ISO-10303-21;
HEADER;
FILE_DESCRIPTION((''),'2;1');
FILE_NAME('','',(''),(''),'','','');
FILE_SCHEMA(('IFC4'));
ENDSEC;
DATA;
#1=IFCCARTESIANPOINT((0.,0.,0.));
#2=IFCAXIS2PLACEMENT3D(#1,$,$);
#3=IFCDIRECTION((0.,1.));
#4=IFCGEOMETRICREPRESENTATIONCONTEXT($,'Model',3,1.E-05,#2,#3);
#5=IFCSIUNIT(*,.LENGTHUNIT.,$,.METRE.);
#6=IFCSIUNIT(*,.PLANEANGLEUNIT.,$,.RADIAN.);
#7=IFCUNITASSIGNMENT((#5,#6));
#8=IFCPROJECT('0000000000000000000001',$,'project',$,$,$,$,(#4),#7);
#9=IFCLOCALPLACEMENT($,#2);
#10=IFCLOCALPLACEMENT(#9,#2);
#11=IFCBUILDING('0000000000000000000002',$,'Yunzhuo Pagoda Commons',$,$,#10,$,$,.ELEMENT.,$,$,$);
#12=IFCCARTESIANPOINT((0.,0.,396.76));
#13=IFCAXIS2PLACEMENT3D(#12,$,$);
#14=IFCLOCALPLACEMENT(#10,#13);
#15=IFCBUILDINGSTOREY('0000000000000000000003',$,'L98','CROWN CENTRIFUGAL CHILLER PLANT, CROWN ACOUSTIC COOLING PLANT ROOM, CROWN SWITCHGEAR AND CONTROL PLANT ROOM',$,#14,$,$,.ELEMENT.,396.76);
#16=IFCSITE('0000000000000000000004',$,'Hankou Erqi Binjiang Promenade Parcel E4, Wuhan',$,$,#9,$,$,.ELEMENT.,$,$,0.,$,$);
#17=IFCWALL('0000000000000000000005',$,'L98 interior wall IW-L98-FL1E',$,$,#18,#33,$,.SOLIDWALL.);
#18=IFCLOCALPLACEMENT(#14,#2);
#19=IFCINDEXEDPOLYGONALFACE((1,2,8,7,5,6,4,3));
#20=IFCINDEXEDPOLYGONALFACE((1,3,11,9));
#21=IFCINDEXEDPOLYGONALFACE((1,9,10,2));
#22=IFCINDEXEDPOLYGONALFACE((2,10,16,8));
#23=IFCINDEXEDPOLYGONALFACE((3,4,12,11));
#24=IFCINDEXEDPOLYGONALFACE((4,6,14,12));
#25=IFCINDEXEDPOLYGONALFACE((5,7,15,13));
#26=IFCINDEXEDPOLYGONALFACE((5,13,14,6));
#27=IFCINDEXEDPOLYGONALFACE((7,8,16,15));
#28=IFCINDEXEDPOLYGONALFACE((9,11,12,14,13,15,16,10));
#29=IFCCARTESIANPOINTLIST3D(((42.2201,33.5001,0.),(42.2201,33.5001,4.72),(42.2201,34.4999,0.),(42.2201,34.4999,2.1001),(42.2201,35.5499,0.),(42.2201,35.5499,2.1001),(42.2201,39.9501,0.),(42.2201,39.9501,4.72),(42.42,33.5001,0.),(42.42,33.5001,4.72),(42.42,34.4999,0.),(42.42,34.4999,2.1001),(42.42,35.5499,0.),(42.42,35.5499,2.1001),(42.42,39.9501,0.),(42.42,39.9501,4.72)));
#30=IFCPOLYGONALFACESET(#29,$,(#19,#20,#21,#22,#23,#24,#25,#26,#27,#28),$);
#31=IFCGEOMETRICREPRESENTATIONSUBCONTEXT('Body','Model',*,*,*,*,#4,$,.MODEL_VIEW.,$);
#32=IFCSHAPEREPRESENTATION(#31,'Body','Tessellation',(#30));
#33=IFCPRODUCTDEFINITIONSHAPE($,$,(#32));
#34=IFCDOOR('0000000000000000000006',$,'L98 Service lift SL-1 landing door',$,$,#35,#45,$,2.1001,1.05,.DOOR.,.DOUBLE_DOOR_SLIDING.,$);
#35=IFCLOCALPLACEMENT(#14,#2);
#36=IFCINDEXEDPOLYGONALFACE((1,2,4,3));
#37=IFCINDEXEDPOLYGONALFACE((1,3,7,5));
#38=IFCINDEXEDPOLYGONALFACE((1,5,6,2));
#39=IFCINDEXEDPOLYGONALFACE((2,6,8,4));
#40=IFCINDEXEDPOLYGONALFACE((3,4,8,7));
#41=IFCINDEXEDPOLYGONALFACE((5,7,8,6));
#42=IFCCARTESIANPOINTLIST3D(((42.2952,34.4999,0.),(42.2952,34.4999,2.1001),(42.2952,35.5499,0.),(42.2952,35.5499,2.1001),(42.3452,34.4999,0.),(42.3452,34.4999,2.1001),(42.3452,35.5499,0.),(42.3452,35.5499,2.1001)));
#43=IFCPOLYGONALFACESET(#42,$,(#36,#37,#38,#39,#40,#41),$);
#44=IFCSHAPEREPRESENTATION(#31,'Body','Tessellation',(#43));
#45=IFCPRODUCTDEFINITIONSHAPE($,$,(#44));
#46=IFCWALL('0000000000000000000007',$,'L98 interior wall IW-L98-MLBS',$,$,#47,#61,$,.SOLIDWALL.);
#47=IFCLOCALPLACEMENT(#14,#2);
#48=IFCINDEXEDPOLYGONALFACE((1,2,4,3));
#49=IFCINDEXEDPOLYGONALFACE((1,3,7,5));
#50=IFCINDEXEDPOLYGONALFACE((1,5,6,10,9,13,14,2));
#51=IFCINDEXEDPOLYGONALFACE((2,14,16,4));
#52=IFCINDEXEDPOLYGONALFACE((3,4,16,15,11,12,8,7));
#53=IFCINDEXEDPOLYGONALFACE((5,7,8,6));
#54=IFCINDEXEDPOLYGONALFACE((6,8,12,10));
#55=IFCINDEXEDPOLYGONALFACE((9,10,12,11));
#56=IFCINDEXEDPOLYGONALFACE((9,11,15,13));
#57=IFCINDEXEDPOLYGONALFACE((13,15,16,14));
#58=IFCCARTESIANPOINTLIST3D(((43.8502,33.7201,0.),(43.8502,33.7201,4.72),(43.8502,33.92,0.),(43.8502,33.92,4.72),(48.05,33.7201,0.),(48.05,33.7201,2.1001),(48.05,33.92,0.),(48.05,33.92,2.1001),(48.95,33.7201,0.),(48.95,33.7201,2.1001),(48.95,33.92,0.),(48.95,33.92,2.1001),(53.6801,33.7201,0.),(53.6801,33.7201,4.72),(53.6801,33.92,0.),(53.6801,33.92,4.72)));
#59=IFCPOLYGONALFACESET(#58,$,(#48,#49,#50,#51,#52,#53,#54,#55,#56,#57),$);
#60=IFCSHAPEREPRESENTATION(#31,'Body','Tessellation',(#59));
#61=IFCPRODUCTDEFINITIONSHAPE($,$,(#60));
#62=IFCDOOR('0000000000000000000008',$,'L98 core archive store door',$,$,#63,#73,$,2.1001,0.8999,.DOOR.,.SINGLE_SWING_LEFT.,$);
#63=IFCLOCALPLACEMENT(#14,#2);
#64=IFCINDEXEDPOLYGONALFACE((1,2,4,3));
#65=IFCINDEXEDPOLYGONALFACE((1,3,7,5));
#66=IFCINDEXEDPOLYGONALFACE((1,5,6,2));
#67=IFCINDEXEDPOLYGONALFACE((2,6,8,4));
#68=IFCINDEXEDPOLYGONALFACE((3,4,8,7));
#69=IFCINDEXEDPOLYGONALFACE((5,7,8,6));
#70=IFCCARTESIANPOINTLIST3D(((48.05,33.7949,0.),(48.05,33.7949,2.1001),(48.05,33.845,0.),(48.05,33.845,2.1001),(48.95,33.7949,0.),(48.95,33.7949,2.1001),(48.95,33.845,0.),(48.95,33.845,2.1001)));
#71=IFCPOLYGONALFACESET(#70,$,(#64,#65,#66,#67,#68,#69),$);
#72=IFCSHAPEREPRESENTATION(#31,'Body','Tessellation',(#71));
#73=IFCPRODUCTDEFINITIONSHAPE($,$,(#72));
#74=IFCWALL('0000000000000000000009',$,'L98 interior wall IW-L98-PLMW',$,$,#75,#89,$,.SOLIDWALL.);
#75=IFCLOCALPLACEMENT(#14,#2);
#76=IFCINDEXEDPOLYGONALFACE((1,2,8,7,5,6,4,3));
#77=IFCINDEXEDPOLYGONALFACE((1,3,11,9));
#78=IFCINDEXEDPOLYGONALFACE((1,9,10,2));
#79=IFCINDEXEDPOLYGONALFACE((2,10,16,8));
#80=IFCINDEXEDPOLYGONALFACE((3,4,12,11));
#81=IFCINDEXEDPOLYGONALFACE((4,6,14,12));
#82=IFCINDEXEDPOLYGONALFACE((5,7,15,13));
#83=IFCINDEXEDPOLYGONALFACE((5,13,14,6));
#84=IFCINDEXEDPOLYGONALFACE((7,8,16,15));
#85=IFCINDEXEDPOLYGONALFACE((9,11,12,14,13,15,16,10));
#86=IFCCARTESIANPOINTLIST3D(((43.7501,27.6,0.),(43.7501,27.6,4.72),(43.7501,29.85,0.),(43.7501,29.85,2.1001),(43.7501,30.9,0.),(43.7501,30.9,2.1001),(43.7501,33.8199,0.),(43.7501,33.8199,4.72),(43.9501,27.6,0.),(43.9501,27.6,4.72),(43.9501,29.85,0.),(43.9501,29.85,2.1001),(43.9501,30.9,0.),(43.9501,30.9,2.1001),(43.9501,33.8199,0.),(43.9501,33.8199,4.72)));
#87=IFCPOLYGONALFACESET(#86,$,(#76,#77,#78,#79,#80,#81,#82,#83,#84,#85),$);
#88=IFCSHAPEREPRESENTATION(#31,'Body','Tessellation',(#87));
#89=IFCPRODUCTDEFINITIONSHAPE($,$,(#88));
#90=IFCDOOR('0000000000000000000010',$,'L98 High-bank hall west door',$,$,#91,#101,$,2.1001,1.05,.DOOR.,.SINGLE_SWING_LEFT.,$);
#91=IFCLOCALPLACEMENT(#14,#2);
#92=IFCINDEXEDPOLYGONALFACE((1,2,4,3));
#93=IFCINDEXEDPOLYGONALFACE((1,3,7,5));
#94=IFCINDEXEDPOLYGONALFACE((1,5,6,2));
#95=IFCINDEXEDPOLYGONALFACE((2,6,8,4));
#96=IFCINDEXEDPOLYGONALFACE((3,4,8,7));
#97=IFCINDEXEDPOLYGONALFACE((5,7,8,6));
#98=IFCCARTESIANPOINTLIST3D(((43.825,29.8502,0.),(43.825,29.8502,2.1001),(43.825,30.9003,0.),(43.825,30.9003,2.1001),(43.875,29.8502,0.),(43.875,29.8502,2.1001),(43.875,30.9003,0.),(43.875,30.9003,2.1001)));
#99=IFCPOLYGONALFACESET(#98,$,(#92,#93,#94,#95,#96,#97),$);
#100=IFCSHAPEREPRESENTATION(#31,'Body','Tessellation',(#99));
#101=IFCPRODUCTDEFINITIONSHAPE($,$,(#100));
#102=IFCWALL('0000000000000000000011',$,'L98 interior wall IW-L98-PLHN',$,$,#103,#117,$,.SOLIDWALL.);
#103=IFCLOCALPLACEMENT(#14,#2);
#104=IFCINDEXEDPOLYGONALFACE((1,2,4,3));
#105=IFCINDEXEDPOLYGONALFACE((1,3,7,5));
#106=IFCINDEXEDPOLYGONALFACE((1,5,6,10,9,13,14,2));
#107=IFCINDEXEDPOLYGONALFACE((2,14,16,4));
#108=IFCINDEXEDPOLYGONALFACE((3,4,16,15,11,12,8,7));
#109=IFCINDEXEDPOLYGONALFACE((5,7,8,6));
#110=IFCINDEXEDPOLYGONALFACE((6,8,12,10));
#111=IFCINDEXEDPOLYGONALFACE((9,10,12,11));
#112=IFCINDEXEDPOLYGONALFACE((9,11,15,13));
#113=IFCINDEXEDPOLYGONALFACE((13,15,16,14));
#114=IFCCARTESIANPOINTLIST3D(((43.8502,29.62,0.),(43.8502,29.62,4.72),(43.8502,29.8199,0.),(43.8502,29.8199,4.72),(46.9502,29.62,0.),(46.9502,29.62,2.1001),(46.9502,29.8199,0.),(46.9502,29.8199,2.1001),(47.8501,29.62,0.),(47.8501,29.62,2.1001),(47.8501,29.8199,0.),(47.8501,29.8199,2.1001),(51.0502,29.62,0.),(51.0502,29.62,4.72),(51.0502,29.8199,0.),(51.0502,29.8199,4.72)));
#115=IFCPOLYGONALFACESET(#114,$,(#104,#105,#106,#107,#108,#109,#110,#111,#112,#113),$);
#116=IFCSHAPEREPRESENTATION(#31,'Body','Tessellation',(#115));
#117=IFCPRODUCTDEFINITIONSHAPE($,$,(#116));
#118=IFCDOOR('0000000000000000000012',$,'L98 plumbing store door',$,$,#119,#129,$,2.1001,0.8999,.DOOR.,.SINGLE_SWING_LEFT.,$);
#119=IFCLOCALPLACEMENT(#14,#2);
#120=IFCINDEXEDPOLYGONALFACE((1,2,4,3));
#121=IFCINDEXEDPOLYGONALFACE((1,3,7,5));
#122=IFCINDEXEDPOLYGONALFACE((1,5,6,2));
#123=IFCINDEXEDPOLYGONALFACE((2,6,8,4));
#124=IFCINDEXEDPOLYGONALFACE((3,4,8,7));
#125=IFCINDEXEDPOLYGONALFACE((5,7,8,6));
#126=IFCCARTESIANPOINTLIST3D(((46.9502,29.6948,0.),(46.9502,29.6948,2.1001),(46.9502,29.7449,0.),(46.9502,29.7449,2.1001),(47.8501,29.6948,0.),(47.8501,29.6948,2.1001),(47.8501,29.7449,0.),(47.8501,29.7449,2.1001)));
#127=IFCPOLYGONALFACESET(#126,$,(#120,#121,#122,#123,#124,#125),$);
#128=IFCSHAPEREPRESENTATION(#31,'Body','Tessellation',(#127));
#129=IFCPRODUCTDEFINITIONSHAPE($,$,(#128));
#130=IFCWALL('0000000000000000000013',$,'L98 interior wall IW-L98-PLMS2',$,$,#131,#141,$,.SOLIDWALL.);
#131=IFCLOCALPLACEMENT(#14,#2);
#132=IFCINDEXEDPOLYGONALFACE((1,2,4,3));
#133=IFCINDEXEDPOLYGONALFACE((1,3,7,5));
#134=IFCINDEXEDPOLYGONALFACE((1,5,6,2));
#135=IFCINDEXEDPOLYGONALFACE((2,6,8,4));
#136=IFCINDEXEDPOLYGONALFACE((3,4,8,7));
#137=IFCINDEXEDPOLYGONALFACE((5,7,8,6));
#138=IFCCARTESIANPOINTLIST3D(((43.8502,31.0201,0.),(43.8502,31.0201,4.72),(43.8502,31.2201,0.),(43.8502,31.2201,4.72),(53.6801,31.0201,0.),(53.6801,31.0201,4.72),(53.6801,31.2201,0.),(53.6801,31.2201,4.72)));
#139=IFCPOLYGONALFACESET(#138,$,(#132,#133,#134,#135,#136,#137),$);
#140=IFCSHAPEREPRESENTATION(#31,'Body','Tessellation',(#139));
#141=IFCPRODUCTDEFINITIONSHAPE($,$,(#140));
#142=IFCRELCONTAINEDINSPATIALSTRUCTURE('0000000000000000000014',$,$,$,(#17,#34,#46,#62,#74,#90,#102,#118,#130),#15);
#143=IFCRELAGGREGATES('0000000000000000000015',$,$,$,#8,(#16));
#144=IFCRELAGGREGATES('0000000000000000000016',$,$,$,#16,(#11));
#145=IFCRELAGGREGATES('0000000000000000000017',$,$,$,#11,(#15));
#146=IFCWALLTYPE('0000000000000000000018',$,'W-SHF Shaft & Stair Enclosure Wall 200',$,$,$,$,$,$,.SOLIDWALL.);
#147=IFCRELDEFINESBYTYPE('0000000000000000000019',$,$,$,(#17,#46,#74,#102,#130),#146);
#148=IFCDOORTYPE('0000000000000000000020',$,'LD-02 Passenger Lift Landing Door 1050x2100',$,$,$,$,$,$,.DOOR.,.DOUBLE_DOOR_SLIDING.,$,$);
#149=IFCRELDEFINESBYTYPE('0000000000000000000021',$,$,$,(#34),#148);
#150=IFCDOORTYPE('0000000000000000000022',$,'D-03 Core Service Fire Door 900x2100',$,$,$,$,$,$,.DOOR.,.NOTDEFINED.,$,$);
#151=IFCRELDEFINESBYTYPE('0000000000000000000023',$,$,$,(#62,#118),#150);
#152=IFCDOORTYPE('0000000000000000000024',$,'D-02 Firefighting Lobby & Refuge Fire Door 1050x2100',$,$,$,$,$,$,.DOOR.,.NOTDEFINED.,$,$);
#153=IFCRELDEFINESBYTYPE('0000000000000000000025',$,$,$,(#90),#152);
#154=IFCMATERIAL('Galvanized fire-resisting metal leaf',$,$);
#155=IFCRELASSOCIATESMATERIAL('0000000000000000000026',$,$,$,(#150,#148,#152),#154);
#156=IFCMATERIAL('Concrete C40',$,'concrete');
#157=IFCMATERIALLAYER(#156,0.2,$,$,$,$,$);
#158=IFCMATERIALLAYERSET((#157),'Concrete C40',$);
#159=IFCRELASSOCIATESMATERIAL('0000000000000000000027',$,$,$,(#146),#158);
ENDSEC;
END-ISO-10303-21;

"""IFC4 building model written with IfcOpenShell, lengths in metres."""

from ifc_helpers import new_model, si_unit, direction, frame, frame_2d, origin, origin_with_axes, place, context, subcontext, project, spatial, rectangle, extrude, source, transform, mapped, material, layer, layer_set, type_object, element, fill, save


model = new_model("IFC4")

# Units and contexts
model_context = context("Model", 3, precision=1e-05, world=origin(), true_north=direction((0.0, 1.0)))
body_context = subcontext(model_context, "Body", "Model", "MODEL_VIEW")
ifc_project = project(units=[si_unit("LENGTHUNIT", "METRE"), si_unit("PLANEANGLEUNIT", "RADIAN")], contexts=[model_context])

# Site, building, storey
site_placement = place(None, origin())
site = spatial("IfcSite", under=ifc_project, at=site_placement, Name="Hankou Erqi Binjiang Promenade Parcel E4, Wuhan", CompositionType="ELEMENT", RefElevation=0.0)
building_placement = place(site_placement, origin())
building = spatial("IfcBuilding", under=site, at=building_placement, Name="Yunzhuo Pagoda Commons", CompositionType="ELEMENT")
storey_placement = place(building_placement, frame((0.0, 0.0, 396.76)))
storey = spatial("IfcBuildingStorey", under=building, at=storey_placement, Name="L98", Description="CROWN CENTRIFUGAL CHILLER PLANT, CROWN ACOUSTIC COOLING PLANT ROOM, CROWN SWITCHGEAR AND CONTROL PLANT ROOM", CompositionType="ELEMENT", Elevation=396.76)

# Shared definitions
ifc_material_1 = material(Name="Galvanized fire-resisting metal leaf")
door_type_1 = type_object("IfcDoorType", Name="D-03 Core Service Fire Door 900x2100", OperationType="NOTDEFINED", PredefinedType="DOOR", material=ifc_material_1)
shared_shape_1 = source(origin(), body_context, "Body", "SweptSolid", [
    extrude(rectangle(XDim=0.8999, YDim=2.1001, at=frame_2d((0.45, 1.05))), frame((0.0, 0.0249, 0.0), z_axis=(0.0, -1.0, 0.0), x_axis=(1.0, 0.0, 0.0)), (0.0, 0.0, 1.0), 0.05),
])

# Walls, openings, doors
ifc_material_2 = material(Name="Concrete C40", Category="concrete")
ifc_layer_1 = layer(ifc_material_2, 0.2)
ifc_layer_set_1 = layer_set([ifc_layer_1], Name="Concrete C40")
wall_type_1 = type_object("IfcWallType", Name="W-SHF Shaft & Stair Enclosure Wall 200", PredefinedType="SOLIDWALL", material=ifc_layer_set_1)
wall_1_placement = place(storey_placement, frame((42.3201, 33.5, 0.0), z_axis=(0.0, 0.0, 1.0), x_axis=(0.0, 1.0, 0.0)))
wall_1 = element("IfcWall", 1, at=wall_1_placement, inside=storey, type_object=wall_type_1, Name="L98 interior wall IW-L98-FL1E", PredefinedType="SOLIDWALL", context=body_context, shape_type="SweptSolid", body=[
    extrude(rectangle(XDim=6.45, YDim=0.2, at=frame_2d((3.2251, 0.0))), origin(), (0.0, 0.0, 1.0), 4.72),
])
opening_1_placement = place(wall_1_placement, frame((1.0, 0.0, 0.0)))
opening_1 = element("IfcOpeningElement", 2, at=opening_1_placement, cuts=wall_1, PredefinedType="OPENING", context=body_context, shape_type="SweptSolid", body=[
    extrude(rectangle(XDim=1.05, YDim=2.1001, at=frame_2d((0.5249, 1.05))), frame((0.0, 0.1099, 0.0), z_axis=(0.0, -1.0, 0.0), x_axis=(1.0, 0.0, 0.0)), (0.0, 0.0, 1.0), 0.22),
])
door_type_2 = type_object("IfcDoorType", Name="LD-02 Passenger Lift Landing Door 1050x2100", OperationType="DOUBLE_DOOR_SLIDING", PredefinedType="DOOR", material=ifc_material_1)
shared_shape_2 = source(origin(), body_context, "Body", "SweptSolid", [
    extrude(rectangle(XDim=1.05, YDim=2.1001, at=frame_2d((0.5249, 1.05))), frame((0.0, 0.0249, 0.0), z_axis=(0.0, -1.0, 0.0), x_axis=(1.0, 0.0, 0.0)), (0.0, 0.0, 1.0), 0.05),
])
door_1_placement = place(opening_1_placement, origin_with_axes())
door_1 = element("IfcDoor", 3, at=door_1_placement, inside=storey, type_object=door_type_2, Name="L98 Service lift SL-1 landing door", OperationType="DOUBLE_DOOR_SLIDING", OverallHeight=2.1001, OverallWidth=1.05, PredefinedType="DOOR", context=body_context, shape_type="MappedRepresentation", body=[
    mapped(shared_shape_2, transform((0.0, 0.0, 0.0), scale=1.0)),
])
fill(opening_1, door_1)
wall_2_placement = place(storey_placement, frame((43.8501, 33.8201, 0.0), z_axis=(0.0, 0.0, 1.0), x_axis=(1.0, 0.0, 0.0)))
wall_2 = element("IfcWall", 4, at=wall_2_placement, inside=storey, type_object=wall_type_1, Name="L98 interior wall IW-L98-MLBS", PredefinedType="SOLIDWALL", context=body_context, shape_type="SweptSolid", body=[
    extrude(rectangle(XDim=9.8298, YDim=0.2, at=frame_2d((4.915, 0.0))), origin(), (0.0, 0.0, 1.0), 4.72),
])
opening_2_placement = place(wall_2_placement, frame((4.2, 0.0, 0.0)))
opening_2 = element("IfcOpeningElement", 5, at=opening_2_placement, cuts=wall_2, PredefinedType="OPENING", context=body_context, shape_type="SweptSolid", body=[
    extrude(rectangle(XDim=0.8999, YDim=2.1001, at=frame_2d((0.45, 1.05))), frame((0.0, 0.1099, 0.0), z_axis=(0.0, -1.0, 0.0), x_axis=(1.0, 0.0, 0.0)), (0.0, 0.0, 1.0), 0.22),
])
door_2_placement = place(opening_2_placement, origin_with_axes())
door_2 = element("IfcDoor", 6, at=door_2_placement, inside=storey, type_object=door_type_1, Name="L98 core archive store door", OperationType="SINGLE_SWING_LEFT", OverallHeight=2.1001, OverallWidth=0.8999, PredefinedType="DOOR", context=body_context, shape_type="MappedRepresentation", body=[
    mapped(shared_shape_1, transform((0.0, 0.0, 0.0), scale=1.0)),
])
fill(opening_2, door_2)
wall_3_placement = place(storey_placement, frame((43.8501, 27.6001, 0.0), z_axis=(0.0, 0.0, 1.0), x_axis=(0.0, 1.0, 0.0)))
wall_3 = element("IfcWall", 7, at=wall_3_placement, inside=storey, type_object=wall_type_1, Name="L98 interior wall IW-L98-PLMW", PredefinedType="SOLIDWALL", context=body_context, shape_type="SweptSolid", body=[
    extrude(rectangle(XDim=6.22, YDim=0.2, at=frame_2d((3.1099, 0.0))), origin(), (0.0, 0.0, 1.0), 4.72),
])
opening_3_placement = place(wall_3_placement, frame((2.25, 0.0, 0.0)))
opening_3 = element("IfcOpeningElement", 8, at=opening_3_placement, cuts=wall_3, PredefinedType="OPENING", context=body_context, shape_type="SweptSolid", body=[
    extrude(rectangle(XDim=1.05, YDim=2.1001, at=frame_2d((0.5249, 1.05))), frame((0.0, 0.1099, 0.0), z_axis=(0.0, -1.0, 0.0), x_axis=(1.0, 0.0, 0.0)), (0.0, 0.0, 1.0), 0.22),
])
door_type_3 = type_object("IfcDoorType", Name="D-02 Firefighting Lobby & Refuge Fire Door 1050x2100", OperationType="NOTDEFINED", PredefinedType="DOOR", material=ifc_material_1)
door_3_placement = place(opening_3_placement, frame((1.05, 0.0, 0.0), z_axis=(0.0, 0.0, 1.0), x_axis=(-1.0, 0.0, 0.0)))
door_3 = element("IfcDoor", 9, at=door_3_placement, inside=storey, type_object=door_type_3, Name="L98 High-bank hall west door", OperationType="SINGLE_SWING_LEFT", OverallHeight=2.1001, OverallWidth=1.05, PredefinedType="DOOR", context=body_context, shape_type="MappedRepresentation", body=[
    mapped(shared_shape_2, transform((0.0, 0.0, 0.0), scale=1.0)),
])
fill(opening_3, door_3)
wall_4_placement = place(storey_placement, frame((43.8501, 29.72, 0.0), z_axis=(0.0, 0.0, 1.0), x_axis=(1.0, 0.0, 0.0)))
wall_4 = element("IfcWall", 10, at=wall_4_placement, inside=storey, type_object=wall_type_1, Name="L98 interior wall IW-L98-PLHN", PredefinedType="SOLIDWALL", context=body_context, shape_type="SweptSolid", body=[
    extrude(rectangle(XDim=7.2, YDim=0.2, at=frame_2d((3.6001, 0.0))), origin(), (0.0, 0.0, 1.0), 4.72),
])
opening_4_placement = place(wall_4_placement, frame((3.1001, 0.0, 0.0)))
opening_4 = element("IfcOpeningElement", 11, at=opening_4_placement, cuts=wall_4, PredefinedType="OPENING", context=body_context, shape_type="SweptSolid", body=[
    extrude(rectangle(XDim=0.8999, YDim=2.1001, at=frame_2d((0.45, 1.05))), frame((0.0, 0.1099, 0.0), z_axis=(0.0, -1.0, 0.0), x_axis=(1.0, 0.0, 0.0)), (0.0, 0.0, 1.0), 0.22),
])
door_4_placement = place(opening_4_placement, origin_with_axes())
door_4 = element("IfcDoor", 12, at=door_4_placement, inside=storey, type_object=door_type_1, Name="L98 plumbing store door", OperationType="SINGLE_SWING_LEFT", OverallHeight=2.1001, OverallWidth=0.8999, PredefinedType="DOOR", context=body_context, shape_type="MappedRepresentation", body=[
    mapped(shared_shape_1, transform((0.0, 0.0, 0.0), scale=1.0)),
])
fill(opening_4, door_4)

# Wall
wall_5_placement = place(storey_placement, frame((43.8501, 31.1201, 0.0), z_axis=(0.0, 0.0, 1.0), x_axis=(1.0, 0.0, 0.0)))
element("IfcWall", 13, at=wall_5_placement, inside=storey, type_object=wall_type_1, Name="L98 interior wall IW-L98-PLMS2", PredefinedType="SOLIDWALL", context=body_context, shape_type="SweptSolid", body=[
    extrude(rectangle(XDim=9.8298, YDim=0.2, at=frame_2d((4.915, 0.0))), origin(), (0.0, 0.0, 1.0), 4.72),
])

save(model, "model.ifc")
